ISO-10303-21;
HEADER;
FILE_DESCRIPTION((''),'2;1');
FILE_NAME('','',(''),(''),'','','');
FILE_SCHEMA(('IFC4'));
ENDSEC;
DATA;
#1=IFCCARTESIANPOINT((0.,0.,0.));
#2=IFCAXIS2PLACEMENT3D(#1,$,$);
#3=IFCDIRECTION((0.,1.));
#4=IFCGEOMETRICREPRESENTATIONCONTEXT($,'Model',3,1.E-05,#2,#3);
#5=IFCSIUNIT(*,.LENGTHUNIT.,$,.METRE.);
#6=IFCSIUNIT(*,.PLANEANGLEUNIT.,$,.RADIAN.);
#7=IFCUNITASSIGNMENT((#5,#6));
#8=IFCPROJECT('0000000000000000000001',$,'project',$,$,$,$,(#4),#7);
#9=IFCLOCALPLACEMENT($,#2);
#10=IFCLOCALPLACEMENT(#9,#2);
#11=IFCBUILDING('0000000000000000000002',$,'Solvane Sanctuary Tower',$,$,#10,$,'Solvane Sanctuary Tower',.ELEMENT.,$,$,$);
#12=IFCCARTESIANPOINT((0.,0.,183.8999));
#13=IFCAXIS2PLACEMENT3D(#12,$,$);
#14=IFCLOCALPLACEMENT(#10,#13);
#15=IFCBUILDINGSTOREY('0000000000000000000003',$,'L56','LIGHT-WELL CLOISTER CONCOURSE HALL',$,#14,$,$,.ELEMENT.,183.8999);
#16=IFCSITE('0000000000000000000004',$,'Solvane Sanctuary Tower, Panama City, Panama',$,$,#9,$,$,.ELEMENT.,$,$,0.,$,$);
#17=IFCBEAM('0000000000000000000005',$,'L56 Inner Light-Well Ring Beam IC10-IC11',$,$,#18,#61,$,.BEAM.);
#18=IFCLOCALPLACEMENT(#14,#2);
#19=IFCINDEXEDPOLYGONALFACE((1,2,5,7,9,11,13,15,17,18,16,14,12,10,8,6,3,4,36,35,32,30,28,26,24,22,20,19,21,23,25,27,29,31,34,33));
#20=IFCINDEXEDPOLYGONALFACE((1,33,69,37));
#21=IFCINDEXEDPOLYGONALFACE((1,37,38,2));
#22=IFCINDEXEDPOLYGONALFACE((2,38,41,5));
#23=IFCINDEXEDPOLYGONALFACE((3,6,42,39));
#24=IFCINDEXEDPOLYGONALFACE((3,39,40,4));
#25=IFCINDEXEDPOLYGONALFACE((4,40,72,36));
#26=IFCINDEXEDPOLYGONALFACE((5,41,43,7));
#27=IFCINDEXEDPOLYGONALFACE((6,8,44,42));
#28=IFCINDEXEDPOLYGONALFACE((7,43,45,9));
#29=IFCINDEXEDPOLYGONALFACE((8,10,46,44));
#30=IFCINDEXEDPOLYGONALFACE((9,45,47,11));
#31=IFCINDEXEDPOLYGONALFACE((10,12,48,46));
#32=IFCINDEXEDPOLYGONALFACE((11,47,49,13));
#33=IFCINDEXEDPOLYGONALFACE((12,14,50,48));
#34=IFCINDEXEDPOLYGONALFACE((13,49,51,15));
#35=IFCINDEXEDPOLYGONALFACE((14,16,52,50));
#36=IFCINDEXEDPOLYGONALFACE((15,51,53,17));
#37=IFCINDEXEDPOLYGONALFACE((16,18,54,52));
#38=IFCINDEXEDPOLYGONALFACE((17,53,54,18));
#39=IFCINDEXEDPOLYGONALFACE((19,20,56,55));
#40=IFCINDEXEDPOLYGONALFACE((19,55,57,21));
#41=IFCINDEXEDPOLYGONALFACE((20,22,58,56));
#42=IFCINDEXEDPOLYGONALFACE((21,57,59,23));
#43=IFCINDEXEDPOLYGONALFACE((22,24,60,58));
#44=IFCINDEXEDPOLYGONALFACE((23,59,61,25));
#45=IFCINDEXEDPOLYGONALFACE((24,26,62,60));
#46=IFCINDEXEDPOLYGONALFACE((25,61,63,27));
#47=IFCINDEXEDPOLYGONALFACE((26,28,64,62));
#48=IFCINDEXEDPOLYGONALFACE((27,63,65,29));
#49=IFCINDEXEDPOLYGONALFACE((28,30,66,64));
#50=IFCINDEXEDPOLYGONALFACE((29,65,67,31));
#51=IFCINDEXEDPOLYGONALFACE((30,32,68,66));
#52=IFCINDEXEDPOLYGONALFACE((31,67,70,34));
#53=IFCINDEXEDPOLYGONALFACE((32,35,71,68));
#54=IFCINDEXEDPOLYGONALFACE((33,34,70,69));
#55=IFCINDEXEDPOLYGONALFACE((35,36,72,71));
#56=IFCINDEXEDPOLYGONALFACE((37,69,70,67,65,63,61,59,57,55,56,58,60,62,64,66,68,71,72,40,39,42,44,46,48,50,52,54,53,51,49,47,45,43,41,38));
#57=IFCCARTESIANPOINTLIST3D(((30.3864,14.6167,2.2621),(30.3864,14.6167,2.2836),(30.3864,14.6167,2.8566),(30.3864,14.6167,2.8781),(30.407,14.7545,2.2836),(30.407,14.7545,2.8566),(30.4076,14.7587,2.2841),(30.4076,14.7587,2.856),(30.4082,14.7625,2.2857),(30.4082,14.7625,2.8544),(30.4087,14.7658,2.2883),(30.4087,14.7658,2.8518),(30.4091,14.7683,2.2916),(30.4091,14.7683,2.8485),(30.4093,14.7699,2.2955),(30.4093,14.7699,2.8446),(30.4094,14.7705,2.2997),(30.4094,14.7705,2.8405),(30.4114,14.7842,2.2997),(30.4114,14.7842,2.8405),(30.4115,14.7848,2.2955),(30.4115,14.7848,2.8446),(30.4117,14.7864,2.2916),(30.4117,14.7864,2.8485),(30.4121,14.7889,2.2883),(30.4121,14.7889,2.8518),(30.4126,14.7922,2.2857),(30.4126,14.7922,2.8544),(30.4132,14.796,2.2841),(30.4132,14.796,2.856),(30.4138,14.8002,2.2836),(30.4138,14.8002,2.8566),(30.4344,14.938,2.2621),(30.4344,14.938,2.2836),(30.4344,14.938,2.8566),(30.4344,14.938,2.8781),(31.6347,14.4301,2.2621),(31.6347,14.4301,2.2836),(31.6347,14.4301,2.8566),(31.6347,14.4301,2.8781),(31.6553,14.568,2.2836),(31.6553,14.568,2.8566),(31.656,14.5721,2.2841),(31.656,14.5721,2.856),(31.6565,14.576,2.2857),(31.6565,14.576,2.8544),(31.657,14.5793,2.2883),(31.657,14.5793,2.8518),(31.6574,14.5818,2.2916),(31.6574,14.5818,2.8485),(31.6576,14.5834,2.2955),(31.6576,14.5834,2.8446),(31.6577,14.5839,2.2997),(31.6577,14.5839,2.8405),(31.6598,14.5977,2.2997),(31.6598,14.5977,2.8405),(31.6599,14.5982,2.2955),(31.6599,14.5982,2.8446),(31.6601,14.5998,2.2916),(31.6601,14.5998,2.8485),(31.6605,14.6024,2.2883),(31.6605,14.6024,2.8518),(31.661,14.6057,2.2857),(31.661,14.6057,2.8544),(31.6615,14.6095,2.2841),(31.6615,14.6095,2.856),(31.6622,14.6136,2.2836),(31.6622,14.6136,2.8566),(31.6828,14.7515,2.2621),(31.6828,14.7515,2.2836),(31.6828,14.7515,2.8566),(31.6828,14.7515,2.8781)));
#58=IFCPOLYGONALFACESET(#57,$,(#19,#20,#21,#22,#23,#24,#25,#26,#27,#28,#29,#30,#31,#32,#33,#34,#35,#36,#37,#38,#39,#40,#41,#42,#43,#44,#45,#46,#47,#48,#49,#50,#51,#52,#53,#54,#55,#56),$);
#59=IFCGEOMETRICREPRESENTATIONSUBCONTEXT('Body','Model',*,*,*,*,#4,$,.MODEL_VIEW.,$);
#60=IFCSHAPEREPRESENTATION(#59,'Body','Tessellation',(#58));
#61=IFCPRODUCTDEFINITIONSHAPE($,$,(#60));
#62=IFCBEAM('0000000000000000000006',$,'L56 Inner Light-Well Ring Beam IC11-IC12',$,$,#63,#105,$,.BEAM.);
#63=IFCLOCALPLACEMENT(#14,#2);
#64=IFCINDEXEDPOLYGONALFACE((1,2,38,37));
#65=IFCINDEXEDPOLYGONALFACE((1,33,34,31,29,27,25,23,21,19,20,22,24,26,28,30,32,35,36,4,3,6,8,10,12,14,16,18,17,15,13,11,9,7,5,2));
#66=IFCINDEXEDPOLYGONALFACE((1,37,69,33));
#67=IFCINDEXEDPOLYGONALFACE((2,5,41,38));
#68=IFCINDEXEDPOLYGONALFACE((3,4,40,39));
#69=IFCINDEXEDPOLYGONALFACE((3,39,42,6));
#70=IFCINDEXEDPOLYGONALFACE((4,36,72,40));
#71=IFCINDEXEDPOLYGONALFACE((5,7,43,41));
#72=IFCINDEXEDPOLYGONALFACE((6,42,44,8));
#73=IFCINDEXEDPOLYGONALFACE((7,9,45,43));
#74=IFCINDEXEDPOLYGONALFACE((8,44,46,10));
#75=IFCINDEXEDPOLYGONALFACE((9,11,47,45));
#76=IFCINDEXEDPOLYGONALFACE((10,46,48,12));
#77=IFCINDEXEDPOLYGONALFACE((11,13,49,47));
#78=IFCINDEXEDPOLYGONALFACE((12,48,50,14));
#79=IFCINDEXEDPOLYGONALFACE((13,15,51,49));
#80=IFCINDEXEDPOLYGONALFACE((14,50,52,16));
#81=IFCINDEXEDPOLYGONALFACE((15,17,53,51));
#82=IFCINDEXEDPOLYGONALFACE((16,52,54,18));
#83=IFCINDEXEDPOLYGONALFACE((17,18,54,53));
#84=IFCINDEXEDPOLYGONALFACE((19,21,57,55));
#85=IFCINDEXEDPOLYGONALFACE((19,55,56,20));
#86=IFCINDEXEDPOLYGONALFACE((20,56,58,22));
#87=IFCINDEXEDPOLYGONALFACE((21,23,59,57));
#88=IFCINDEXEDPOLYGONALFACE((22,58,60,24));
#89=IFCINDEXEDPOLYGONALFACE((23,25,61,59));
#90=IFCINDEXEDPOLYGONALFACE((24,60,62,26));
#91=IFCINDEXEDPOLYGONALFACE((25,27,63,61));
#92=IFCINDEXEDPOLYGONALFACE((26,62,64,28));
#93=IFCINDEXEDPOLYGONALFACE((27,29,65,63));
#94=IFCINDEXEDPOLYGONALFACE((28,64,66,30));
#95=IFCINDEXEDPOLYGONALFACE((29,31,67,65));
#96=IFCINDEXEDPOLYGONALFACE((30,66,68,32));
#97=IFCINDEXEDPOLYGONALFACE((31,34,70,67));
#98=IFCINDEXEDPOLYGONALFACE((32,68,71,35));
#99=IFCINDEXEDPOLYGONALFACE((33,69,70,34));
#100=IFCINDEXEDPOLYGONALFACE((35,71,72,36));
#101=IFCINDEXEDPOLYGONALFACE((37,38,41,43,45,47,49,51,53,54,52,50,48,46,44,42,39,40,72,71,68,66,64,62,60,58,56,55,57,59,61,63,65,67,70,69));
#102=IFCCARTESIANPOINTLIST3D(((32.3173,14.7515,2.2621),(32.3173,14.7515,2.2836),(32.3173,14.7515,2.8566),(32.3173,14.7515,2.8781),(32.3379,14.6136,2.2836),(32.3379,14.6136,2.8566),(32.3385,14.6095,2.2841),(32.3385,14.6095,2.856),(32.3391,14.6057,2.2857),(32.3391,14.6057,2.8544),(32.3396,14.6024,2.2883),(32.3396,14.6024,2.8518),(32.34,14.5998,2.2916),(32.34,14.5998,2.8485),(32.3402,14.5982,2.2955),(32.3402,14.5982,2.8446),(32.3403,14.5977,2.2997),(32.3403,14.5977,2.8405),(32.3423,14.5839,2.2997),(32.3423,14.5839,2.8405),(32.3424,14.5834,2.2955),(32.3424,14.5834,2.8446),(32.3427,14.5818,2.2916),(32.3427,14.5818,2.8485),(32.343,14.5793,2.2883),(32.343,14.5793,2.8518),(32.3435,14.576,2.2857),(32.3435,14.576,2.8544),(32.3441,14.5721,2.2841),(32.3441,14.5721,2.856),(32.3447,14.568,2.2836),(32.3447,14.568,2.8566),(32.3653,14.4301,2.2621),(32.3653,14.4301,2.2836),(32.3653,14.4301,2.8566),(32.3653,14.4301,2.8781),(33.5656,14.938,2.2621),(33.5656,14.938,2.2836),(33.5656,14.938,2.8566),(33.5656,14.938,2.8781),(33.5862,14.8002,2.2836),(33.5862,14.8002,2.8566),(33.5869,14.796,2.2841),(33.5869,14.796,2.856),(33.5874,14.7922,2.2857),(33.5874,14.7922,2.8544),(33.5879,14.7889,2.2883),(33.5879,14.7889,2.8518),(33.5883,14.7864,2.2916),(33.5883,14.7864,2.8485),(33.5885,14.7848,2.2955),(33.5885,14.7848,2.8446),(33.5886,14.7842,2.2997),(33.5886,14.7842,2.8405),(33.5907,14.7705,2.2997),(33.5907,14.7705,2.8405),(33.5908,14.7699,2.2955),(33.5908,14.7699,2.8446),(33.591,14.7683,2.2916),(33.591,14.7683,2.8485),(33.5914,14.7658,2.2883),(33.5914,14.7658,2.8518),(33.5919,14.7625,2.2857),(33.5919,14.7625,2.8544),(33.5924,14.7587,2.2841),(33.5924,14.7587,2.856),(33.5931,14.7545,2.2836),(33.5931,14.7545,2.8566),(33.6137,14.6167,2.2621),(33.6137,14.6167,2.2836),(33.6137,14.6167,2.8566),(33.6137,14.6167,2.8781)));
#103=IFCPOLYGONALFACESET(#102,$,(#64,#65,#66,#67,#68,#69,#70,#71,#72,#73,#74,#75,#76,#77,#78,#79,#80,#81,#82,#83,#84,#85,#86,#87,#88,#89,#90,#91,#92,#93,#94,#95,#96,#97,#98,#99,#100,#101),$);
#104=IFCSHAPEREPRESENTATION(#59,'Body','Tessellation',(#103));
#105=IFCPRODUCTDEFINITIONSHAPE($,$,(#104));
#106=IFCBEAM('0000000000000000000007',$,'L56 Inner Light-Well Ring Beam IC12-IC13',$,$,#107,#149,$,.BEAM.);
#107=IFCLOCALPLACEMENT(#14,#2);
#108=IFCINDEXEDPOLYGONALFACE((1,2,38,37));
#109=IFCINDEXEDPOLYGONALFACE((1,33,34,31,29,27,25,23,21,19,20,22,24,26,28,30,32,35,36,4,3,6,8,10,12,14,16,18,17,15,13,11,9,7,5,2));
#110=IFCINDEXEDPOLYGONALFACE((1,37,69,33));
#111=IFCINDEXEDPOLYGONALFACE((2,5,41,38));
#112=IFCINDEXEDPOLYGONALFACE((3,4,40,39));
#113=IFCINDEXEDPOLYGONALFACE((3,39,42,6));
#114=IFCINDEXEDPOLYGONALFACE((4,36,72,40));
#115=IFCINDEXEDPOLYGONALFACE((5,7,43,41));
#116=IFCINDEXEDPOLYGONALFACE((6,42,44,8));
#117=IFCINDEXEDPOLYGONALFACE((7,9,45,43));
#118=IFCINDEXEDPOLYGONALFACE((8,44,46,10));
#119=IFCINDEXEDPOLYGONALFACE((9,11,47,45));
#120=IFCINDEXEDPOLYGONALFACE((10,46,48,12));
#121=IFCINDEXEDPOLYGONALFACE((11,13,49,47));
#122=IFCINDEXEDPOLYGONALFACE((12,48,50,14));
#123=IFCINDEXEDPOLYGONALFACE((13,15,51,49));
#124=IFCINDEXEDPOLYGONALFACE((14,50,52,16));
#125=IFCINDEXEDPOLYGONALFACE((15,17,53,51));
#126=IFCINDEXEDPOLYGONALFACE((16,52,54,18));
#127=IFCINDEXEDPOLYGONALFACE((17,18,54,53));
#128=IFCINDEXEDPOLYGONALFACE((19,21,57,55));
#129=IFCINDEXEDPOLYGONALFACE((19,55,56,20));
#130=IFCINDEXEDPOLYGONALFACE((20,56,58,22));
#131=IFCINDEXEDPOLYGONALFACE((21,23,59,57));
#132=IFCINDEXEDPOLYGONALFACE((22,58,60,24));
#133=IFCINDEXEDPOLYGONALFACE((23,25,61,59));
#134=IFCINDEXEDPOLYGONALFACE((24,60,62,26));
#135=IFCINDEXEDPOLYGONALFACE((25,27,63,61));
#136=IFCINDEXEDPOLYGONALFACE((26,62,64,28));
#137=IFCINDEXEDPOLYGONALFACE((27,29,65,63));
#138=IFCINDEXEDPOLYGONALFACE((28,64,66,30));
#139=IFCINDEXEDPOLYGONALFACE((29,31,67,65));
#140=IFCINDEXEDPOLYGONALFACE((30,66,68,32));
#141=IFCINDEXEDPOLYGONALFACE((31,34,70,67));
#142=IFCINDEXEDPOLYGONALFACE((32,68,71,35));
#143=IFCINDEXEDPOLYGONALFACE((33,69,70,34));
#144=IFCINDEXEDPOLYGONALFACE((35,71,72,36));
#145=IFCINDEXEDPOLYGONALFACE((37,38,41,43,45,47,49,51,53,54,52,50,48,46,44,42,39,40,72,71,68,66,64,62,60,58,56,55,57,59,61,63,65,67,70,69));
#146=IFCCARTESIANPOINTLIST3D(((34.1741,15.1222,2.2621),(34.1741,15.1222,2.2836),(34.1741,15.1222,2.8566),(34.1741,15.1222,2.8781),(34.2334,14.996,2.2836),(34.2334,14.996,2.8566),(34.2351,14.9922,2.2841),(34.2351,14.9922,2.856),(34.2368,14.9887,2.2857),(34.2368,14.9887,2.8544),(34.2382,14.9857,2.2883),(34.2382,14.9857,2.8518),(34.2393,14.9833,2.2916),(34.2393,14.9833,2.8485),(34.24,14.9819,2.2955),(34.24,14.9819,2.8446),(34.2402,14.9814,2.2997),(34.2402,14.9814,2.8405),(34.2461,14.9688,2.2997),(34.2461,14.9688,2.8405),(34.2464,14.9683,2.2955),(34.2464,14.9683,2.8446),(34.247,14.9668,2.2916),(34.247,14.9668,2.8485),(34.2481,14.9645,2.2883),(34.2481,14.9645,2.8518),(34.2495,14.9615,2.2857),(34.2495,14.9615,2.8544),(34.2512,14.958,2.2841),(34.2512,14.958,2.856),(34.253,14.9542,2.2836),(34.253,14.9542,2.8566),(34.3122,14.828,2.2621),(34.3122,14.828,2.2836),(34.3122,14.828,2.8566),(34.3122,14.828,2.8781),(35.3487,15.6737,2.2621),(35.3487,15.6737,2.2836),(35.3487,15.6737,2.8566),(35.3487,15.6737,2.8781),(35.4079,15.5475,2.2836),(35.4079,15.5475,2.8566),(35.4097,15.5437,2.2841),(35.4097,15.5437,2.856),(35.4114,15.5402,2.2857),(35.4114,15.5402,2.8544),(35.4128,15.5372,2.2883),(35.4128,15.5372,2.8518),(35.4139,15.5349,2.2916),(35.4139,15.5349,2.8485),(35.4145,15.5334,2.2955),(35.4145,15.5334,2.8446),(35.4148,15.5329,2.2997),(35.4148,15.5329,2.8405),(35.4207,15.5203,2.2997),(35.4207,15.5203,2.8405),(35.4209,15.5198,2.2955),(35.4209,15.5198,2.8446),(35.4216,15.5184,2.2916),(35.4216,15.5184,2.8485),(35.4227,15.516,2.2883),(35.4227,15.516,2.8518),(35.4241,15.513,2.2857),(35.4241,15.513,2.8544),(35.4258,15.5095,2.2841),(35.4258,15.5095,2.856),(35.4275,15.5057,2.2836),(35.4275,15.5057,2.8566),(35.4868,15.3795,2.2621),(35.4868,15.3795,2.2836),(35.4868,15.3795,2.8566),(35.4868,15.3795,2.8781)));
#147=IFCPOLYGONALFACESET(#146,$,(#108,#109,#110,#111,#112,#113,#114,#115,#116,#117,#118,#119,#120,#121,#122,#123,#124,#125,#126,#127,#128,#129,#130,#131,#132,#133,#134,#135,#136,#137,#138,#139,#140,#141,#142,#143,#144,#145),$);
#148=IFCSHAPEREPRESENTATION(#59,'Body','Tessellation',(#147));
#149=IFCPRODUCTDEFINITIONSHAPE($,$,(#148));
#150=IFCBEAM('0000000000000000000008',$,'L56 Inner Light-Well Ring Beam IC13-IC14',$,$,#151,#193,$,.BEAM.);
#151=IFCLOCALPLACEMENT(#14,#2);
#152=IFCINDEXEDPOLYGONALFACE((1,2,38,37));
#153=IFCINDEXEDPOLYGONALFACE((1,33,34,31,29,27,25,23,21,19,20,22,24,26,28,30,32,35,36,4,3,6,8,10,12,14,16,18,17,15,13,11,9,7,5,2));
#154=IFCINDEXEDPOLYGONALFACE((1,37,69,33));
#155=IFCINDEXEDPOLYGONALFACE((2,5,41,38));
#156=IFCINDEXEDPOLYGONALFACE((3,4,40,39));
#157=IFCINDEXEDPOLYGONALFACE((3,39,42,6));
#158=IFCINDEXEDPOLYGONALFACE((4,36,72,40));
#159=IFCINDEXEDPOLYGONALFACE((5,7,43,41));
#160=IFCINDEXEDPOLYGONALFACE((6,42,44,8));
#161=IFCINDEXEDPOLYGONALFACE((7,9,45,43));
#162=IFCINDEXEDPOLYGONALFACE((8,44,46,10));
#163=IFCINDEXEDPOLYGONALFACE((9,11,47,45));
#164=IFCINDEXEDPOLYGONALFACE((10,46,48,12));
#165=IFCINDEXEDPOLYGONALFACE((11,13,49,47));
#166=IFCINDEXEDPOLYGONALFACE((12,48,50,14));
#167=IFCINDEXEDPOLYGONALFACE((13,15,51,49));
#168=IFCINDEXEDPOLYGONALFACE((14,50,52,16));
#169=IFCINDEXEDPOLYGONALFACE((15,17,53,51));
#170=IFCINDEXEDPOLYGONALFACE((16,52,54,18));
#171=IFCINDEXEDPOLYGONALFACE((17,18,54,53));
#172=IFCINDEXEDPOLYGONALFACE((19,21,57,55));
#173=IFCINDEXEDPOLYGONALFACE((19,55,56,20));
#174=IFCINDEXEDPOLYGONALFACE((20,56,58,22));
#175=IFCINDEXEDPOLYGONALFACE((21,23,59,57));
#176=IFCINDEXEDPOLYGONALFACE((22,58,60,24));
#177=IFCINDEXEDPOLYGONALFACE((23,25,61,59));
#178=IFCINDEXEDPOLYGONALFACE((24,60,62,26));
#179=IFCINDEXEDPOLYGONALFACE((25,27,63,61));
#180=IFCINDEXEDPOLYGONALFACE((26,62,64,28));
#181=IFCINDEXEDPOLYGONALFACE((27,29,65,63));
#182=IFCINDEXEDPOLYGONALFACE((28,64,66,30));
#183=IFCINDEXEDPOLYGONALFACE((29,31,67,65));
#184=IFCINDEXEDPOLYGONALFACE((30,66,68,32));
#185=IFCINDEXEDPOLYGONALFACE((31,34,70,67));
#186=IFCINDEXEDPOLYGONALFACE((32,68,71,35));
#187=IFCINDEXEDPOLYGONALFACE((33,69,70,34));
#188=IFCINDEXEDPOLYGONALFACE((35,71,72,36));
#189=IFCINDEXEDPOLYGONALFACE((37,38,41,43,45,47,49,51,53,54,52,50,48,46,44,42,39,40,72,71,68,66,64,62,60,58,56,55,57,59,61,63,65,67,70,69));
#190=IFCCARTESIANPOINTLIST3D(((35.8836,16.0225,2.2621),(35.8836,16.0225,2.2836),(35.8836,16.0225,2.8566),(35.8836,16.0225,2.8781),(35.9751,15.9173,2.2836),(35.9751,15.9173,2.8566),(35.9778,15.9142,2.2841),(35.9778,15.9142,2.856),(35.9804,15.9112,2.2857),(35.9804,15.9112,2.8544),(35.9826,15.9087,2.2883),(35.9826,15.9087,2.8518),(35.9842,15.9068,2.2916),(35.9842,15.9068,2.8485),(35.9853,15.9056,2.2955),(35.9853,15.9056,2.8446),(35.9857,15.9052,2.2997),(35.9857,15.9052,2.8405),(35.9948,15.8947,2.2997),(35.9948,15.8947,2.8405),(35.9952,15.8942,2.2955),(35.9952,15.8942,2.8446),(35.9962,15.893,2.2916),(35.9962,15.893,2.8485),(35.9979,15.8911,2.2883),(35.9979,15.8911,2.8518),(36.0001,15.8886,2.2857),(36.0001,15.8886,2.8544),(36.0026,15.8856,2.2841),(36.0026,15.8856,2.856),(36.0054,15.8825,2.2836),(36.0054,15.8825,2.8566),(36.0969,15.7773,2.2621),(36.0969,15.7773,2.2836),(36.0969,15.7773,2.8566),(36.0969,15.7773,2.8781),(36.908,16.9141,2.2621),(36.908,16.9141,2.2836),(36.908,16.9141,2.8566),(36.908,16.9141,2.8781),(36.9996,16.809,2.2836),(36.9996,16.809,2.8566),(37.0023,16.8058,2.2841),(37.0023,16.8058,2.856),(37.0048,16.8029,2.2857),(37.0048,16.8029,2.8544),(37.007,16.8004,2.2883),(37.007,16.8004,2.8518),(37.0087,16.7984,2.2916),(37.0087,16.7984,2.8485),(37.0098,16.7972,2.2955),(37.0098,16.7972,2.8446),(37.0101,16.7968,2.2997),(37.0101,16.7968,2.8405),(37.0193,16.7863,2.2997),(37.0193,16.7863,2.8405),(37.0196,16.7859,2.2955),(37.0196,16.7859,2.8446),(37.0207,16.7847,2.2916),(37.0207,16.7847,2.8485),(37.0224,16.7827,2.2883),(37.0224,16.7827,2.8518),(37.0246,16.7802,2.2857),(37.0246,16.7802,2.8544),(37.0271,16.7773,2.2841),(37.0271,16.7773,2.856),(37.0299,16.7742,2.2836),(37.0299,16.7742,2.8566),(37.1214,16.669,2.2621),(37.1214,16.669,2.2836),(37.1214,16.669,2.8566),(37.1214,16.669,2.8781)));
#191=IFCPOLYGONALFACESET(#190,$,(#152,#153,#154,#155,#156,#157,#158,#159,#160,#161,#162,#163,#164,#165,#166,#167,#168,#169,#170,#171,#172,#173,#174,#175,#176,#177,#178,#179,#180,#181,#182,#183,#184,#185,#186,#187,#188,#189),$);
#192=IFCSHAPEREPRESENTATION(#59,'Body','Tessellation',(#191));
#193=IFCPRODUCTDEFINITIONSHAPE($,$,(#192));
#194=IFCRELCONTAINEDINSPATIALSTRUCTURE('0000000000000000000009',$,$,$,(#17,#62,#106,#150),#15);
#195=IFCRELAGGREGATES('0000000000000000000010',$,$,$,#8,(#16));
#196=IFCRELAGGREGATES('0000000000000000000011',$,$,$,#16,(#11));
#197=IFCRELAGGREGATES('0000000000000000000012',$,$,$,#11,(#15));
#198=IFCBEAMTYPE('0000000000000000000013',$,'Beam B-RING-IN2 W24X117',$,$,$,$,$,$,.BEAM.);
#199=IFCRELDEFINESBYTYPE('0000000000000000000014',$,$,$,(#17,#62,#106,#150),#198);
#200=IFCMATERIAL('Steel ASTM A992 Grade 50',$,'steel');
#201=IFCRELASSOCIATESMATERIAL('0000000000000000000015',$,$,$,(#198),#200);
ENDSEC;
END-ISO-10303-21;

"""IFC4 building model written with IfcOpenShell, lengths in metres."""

from ifc_helpers import new_model, si_unit, direction, frame, origin, origin_2d, place, context, subcontext, project, spatial, i_section, extrude, material, material_profile, profile_set, type_object, element, save


model = new_model("IFC4")

# Units and contexts
model_context = context("Model", 3, precision=1e-05, world=origin(), true_north=direction((0.0, 1.0)))
body_context = subcontext(model_context, "Body", "Model", "MODEL_VIEW")
ifc_project = project(units=[si_unit("LENGTHUNIT", "METRE"), si_unit("PLANEANGLEUNIT", "RADIAN")], contexts=[model_context])

# Site, building, storey
site_placement = place(None, origin())
site = spatial("IfcSite", under=ifc_project, at=site_placement, Name="Solvane Sanctuary Tower, Panama City, Panama", CompositionType="ELEMENT", RefElevation=0.0)
building_placement = place(site_placement, origin())
building = spatial("IfcBuilding", under=site, at=building_placement, Name="Solvane Sanctuary Tower", LongName="Solvane Sanctuary Tower", CompositionType="ELEMENT")
storey_placement = place(building_placement, frame((0.0, 0.0, 183.8999)))
storey = spatial("IfcBuildingStorey", under=building, at=storey_placement, Name="L56", Description="LIGHT-WELL CLOISTER CONCOURSE HALL", CompositionType="ELEMENT", Elevation=183.8999)

# Beams
ifc_material_1 = material(Name="Steel ASTM A992 Grade 50", Category="steel")
ifc_material_profile_1 = material_profile(ifc_material_1, i_section(OverallWidth=0.325, OverallDepth=0.616, WebThickness=0.0139, FlangeThickness=0.0215, FilletRadius=0.0161, at=origin_2d()), Name="W24X117")
ifc_profile_set_1 = profile_set([ifc_material_profile_1], Name="Steel ASTM A992 Grade 50")
beam_type_1 = type_object("IfcBeamType", Name="Beam B-RING-IN2 W24X117", PredefinedType="BEAM", material=ifc_profile_set_1)
for number, where, z_axis, x_axis, name in (
    (1, (30.4104, 14.7773, 2.5701), (0.98902, -0.147782, 0.0), (0.147782, 0.98902, 0.0), "L56 Inner Light-Well Ring Beam IC10-IC11"),
    (2, (32.3413, 14.5908, 2.5701), (0.98902, 0.147782, 0.0), (-0.147782, 0.98902, 0.0), "L56 Inner Light-Well Ring Beam IC11-IC12"),
):
    element("IfcBeam", number, at=place(storey_placement, frame(where, z_axis=z_axis, x_axis=x_axis)), inside=storey, type_object=beam_type_1, Name=name, PredefinedType="BEAM", context=body_context, shape_type="SweptSolid", body=[
        extrude(i_section(OverallWidth=0.325, OverallDepth=0.616, WebThickness=0.0139, FlangeThickness=0.0215, FilletRadius=0.0161, at=origin_2d()), origin(), (0.0, 0.0, 1.0), 1.2622),
    ])
beam_1_placement = place(storey_placement, frame((34.2432, 14.9751, 2.5701), z_axis=(0.905181, 0.425027, 0.0), x_axis=(-0.425027, 0.905181, 0.0)))
element("IfcBeam", 3, at=beam_1_placement, inside=storey, type_object=beam_type_1, Name="L56 Inner Light-Well Ring Beam IC12-IC13", PredefinedType="BEAM", context=body_context, shape_type="SweptSolid", body=[
    extrude(i_section(OverallWidth=0.325, OverallDepth=0.616, WebThickness=0.0139, FlangeThickness=0.0215, FilletRadius=0.0161, at=origin_2d()), origin(), (0.0, 0.0, 1.0), 1.2976),
])
beam_2_placement = place(storey_placement, frame((35.9902, 15.8999, 2.5701), z_axis=(0.754311, 0.656517, 0.0), x_axis=(-0.656517, 0.754311, 0.0)))
element("IfcBeam", 4, at=beam_2_placement, inside=storey, type_object=beam_type_1, Name="L56 Inner Light-Well Ring Beam IC13-IC14", PredefinedType="BEAM", context=body_context, shape_type="SweptSolid", body=[
    extrude(i_section(OverallWidth=0.325, OverallDepth=0.616, WebThickness=0.0139, FlangeThickness=0.0215, FilletRadius=0.0161, at=origin_2d()), origin(), (0.0, 0.0, 1.0), 1.3582),
])

save(model, "model.ifc")
